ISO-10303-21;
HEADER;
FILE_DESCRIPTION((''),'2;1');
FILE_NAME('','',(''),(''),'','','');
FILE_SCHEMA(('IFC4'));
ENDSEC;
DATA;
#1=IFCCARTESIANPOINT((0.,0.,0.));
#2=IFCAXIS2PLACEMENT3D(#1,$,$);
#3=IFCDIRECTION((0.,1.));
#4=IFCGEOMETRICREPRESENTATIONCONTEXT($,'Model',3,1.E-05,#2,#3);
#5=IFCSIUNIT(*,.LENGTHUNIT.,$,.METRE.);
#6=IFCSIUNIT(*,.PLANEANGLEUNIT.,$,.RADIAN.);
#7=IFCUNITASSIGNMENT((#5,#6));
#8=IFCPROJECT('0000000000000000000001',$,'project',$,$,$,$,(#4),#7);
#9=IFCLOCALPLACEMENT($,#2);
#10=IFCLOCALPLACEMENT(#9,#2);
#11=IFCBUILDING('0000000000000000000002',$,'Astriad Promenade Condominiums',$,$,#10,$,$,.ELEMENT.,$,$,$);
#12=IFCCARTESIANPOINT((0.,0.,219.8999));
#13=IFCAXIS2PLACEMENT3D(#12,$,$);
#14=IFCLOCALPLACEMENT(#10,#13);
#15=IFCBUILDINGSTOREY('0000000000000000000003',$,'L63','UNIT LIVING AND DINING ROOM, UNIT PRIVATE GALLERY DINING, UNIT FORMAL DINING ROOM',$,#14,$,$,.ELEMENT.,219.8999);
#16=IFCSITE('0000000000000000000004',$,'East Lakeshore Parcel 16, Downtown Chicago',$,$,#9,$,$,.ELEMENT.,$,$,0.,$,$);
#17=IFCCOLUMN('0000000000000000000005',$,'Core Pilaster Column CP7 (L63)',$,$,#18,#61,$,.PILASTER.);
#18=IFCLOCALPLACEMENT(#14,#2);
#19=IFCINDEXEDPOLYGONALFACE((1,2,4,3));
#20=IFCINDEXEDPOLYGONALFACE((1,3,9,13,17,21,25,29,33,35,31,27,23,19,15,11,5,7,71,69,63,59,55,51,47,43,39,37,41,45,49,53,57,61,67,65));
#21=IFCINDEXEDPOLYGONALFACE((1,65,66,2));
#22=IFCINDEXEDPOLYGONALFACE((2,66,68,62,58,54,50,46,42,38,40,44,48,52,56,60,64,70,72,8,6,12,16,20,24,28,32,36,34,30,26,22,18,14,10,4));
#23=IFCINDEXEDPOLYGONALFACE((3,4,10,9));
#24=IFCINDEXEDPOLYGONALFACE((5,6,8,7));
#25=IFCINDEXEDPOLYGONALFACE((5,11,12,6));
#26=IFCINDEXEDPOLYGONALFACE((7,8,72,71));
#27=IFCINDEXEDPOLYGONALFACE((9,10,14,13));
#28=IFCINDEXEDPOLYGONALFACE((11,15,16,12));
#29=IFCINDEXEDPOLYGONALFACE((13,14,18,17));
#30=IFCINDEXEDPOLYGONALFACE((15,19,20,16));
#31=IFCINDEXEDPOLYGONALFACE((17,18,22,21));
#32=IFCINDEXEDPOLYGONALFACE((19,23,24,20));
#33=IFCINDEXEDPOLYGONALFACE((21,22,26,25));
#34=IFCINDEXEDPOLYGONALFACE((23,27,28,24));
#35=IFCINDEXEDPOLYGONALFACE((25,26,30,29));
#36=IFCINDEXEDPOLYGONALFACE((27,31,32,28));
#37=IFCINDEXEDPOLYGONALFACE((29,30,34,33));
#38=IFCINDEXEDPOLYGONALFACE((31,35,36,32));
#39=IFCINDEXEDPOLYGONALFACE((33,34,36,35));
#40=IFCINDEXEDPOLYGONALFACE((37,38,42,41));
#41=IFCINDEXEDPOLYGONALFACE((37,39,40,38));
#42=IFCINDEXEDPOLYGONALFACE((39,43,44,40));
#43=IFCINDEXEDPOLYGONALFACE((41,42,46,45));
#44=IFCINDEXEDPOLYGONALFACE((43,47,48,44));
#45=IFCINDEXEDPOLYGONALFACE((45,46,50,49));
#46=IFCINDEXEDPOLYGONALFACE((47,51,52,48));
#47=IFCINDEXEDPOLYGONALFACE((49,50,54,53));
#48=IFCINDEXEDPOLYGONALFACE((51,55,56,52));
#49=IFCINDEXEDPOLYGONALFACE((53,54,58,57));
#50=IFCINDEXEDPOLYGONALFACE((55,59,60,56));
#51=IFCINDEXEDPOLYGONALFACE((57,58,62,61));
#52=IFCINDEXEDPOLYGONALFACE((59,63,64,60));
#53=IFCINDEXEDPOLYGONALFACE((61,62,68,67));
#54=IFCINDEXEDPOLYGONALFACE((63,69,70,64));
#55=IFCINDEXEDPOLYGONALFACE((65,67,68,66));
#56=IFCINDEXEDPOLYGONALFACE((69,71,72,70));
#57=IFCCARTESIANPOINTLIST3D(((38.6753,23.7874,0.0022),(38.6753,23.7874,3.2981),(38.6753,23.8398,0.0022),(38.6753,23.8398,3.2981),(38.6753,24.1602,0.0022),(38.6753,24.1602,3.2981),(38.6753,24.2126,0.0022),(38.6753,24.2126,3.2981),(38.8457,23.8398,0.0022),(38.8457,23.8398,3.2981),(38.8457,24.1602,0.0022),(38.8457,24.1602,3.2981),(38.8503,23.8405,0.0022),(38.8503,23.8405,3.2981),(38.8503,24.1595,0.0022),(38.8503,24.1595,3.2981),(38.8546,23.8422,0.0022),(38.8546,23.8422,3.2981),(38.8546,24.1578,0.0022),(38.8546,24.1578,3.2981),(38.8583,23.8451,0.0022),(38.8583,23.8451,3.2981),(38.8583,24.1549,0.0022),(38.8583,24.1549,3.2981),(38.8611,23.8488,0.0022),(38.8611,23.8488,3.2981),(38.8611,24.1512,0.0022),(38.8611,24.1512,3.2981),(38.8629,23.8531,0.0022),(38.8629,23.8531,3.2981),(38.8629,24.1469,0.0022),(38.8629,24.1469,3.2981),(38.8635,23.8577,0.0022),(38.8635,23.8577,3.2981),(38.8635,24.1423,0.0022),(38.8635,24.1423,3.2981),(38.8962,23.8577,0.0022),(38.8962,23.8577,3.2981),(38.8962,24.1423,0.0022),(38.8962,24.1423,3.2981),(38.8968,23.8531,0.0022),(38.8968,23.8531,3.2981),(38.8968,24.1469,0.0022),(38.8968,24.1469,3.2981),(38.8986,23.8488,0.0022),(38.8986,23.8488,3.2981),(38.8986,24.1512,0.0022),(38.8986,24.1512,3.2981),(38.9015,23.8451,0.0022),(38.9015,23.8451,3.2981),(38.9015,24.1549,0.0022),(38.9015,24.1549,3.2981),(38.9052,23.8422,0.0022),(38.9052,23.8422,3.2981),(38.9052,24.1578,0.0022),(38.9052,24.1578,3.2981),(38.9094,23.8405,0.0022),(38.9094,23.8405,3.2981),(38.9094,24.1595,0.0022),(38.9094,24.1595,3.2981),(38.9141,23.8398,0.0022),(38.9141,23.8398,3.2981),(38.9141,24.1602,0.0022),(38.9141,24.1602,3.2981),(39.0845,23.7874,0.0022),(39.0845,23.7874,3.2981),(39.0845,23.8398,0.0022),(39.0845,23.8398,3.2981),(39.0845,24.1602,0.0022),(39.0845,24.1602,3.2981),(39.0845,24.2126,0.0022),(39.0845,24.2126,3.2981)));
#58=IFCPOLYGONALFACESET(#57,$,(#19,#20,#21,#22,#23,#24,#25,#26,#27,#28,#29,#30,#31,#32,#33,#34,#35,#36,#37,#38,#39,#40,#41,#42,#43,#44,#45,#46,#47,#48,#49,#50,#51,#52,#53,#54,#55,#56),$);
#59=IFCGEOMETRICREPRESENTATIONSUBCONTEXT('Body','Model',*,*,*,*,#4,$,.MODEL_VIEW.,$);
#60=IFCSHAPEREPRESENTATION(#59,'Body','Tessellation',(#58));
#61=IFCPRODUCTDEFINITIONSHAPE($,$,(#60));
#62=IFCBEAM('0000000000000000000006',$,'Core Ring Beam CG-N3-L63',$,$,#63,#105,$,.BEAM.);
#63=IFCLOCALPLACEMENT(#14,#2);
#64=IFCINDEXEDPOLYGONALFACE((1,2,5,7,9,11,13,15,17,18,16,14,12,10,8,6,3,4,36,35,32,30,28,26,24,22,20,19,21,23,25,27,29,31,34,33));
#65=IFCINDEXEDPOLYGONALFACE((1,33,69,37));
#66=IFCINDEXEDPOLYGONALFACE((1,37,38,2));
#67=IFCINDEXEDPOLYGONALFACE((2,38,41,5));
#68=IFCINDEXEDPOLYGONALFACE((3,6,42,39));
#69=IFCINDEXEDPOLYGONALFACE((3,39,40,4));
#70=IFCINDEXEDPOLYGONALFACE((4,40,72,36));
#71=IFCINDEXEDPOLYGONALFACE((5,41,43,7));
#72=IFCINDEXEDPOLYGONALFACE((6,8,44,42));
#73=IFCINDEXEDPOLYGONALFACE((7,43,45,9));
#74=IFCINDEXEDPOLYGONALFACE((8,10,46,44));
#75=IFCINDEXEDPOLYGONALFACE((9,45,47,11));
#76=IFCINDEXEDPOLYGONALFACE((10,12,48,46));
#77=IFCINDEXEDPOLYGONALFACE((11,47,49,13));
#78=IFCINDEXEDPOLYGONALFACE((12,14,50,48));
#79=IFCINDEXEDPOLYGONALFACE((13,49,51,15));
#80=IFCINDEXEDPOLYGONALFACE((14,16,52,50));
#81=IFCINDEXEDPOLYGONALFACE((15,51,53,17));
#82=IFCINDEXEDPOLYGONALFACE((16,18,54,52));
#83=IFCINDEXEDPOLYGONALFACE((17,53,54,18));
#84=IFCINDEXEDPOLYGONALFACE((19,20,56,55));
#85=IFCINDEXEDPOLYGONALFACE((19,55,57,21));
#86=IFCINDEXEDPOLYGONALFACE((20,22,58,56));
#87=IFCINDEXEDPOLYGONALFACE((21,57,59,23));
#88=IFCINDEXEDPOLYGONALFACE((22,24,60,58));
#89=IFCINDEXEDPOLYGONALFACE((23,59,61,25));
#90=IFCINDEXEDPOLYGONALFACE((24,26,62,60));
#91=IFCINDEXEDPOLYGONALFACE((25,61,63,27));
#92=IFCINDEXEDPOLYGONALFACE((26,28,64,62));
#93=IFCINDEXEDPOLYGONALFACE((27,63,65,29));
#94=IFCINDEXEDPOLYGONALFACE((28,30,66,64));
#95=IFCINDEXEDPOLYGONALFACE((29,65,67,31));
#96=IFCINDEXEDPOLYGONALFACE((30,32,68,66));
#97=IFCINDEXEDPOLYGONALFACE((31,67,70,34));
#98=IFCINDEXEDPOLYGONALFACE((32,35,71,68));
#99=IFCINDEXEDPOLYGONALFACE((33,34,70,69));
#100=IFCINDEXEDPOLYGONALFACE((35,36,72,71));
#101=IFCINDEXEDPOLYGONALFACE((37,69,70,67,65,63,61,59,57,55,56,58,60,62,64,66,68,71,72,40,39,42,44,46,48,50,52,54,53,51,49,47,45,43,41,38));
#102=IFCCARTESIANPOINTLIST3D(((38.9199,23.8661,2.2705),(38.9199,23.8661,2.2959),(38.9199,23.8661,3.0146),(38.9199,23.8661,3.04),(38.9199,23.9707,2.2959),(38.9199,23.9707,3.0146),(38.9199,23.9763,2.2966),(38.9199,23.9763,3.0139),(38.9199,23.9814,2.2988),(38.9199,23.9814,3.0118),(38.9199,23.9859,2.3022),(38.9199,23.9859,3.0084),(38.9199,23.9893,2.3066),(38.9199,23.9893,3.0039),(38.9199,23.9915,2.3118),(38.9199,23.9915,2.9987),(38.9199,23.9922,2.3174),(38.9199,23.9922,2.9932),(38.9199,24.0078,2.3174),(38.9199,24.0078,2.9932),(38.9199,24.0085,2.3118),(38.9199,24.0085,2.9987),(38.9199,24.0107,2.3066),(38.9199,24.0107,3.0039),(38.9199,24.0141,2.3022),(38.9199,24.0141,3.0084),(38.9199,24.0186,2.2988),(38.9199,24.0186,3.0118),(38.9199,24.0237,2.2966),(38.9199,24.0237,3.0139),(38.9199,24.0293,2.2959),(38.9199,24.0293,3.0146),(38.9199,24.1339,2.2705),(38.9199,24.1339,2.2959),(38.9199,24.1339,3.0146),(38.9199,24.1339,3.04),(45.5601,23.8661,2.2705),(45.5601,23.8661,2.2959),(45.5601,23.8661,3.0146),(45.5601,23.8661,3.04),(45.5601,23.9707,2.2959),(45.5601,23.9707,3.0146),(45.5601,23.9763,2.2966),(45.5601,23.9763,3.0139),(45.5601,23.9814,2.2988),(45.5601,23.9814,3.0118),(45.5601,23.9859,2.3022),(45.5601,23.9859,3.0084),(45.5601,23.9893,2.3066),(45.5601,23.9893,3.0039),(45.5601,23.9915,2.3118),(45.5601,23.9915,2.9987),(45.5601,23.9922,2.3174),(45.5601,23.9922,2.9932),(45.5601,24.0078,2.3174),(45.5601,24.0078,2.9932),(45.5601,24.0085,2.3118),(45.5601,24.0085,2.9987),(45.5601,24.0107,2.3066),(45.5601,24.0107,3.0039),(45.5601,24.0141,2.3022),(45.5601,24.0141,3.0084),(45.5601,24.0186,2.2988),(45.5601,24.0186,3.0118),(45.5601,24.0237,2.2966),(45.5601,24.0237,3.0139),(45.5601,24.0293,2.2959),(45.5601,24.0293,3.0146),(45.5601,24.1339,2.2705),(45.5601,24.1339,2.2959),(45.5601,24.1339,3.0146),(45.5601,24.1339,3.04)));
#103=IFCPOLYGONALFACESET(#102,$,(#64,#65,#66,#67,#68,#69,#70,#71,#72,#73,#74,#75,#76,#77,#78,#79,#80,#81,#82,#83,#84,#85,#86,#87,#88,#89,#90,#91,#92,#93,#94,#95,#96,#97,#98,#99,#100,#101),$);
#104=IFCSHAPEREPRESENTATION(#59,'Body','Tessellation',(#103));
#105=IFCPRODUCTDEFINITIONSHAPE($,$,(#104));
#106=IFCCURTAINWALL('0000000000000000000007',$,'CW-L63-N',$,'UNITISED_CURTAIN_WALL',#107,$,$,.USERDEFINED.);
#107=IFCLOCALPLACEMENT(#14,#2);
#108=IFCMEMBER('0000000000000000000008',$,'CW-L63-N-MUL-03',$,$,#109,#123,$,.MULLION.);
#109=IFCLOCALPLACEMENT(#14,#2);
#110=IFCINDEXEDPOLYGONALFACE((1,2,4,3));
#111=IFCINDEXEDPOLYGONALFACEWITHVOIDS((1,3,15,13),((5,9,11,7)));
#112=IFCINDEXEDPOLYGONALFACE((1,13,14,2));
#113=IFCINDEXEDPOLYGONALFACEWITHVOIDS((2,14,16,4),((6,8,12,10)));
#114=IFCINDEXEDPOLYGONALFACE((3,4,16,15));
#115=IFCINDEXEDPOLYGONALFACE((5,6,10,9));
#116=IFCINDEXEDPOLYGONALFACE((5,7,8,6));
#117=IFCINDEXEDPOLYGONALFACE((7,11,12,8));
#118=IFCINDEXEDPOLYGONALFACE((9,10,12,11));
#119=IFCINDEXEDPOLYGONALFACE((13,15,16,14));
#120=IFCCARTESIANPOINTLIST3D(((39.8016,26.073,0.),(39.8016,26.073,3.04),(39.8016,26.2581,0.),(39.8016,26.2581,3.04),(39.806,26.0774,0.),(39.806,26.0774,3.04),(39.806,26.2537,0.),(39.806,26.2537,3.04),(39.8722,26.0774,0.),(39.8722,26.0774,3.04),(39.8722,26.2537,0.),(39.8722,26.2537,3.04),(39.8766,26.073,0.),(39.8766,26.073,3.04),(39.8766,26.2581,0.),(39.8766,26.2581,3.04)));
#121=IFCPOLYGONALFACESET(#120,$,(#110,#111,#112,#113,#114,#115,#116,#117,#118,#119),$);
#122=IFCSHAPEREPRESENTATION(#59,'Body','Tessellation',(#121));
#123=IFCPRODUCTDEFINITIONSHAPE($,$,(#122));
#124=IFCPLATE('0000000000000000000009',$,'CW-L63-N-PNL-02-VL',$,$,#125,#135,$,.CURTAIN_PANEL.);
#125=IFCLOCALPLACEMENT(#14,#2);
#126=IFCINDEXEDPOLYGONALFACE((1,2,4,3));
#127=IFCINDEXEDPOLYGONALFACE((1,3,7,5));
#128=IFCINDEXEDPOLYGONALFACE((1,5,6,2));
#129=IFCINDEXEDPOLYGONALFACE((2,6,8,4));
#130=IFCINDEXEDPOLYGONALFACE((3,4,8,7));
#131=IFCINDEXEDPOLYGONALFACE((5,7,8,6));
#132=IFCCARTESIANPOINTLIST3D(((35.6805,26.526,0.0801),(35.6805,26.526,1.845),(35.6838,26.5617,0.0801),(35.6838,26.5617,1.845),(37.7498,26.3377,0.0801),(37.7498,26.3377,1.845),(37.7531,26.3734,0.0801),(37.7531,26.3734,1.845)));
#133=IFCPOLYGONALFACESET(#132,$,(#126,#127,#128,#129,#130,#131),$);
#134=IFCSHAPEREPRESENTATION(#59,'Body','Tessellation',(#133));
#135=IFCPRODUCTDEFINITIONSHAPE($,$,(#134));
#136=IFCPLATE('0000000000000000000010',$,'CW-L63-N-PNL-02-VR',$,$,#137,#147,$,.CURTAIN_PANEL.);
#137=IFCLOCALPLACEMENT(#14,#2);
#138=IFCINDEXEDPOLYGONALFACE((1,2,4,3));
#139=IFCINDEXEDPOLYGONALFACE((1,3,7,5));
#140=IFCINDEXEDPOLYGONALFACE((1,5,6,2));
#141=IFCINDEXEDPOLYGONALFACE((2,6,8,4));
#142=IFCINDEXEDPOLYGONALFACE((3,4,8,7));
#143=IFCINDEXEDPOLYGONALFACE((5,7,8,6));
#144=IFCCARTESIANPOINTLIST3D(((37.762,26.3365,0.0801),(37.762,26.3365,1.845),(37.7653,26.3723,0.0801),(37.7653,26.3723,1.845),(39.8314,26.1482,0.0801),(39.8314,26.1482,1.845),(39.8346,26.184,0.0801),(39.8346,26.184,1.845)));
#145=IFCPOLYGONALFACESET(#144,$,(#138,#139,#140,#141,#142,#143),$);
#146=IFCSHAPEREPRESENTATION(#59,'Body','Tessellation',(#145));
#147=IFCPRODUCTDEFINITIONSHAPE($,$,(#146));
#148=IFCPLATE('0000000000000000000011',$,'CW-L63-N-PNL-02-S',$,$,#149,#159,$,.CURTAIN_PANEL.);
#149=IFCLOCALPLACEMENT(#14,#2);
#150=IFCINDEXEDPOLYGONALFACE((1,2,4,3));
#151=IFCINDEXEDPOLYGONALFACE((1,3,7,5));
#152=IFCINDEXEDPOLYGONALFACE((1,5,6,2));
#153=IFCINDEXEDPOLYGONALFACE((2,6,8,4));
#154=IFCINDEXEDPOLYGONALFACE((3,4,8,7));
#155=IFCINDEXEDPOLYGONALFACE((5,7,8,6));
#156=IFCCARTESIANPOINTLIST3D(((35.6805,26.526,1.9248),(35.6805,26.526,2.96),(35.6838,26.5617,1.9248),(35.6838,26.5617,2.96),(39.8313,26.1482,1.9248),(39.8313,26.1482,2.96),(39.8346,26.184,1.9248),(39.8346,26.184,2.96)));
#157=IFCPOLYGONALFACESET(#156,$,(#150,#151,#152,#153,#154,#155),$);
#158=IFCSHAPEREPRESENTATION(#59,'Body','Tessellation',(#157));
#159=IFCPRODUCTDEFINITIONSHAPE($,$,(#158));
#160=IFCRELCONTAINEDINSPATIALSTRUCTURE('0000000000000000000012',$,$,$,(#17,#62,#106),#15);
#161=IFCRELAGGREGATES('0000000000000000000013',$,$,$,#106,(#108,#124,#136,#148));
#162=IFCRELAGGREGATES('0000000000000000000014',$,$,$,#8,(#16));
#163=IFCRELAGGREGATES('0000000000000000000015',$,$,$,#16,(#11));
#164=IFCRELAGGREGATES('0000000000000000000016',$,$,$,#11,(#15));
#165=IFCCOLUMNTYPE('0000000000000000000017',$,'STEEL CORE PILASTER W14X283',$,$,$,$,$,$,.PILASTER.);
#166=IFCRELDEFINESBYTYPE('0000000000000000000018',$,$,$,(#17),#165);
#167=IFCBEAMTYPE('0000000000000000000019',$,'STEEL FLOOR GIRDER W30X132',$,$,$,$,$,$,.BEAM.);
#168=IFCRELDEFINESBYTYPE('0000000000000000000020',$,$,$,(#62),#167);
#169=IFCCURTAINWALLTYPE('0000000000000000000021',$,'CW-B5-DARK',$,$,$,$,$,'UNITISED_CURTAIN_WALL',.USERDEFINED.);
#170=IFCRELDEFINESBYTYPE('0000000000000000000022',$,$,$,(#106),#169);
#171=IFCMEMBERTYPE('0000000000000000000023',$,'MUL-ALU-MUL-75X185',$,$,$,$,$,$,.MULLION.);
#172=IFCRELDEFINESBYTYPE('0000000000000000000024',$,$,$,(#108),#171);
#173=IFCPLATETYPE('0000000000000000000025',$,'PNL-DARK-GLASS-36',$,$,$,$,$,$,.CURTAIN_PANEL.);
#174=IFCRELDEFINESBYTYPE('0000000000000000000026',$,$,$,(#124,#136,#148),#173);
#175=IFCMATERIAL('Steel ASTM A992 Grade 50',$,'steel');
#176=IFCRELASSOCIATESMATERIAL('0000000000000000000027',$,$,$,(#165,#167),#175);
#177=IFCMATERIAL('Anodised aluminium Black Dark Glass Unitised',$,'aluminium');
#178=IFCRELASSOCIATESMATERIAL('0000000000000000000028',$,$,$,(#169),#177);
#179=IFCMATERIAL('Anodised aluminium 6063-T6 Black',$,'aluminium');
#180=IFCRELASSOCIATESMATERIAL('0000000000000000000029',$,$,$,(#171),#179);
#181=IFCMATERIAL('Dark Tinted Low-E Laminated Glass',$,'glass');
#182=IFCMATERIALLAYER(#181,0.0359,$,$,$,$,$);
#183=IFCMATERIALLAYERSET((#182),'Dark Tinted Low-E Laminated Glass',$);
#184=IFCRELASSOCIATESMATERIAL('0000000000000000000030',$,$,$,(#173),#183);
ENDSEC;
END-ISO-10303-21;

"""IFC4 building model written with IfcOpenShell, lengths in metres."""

from ifc_helpers import new_model, si_unit, direction, frame, origin, origin_2d, place, context, subcontext, project, spatial, rectangle, hollow_rectangle, i_section, extrude, source, transform, mapped, material, layer, layer_set, material_profile, profile_set, type_object, type_shapes, element, aggregate, save


model = new_model("IFC4")

# Units and contexts
model_context = context("Model", 3, precision=1e-05, world=origin(), true_north=direction((0.0, 1.0)))
body_context = subcontext(model_context, "Body", "Model", "MODEL_VIEW")
ifc_project = project(units=[si_unit("LENGTHUNIT", "METRE"), si_unit("PLANEANGLEUNIT", "RADIAN")], contexts=[model_context])

# Site, building, storey
site_placement = place(None, origin())
site = spatial("IfcSite", under=ifc_project, at=site_placement, Name="East Lakeshore Parcel 16, Downtown Chicago", CompositionType="ELEMENT", RefElevation=0.0)
building_placement = place(site_placement, origin())
building = spatial("IfcBuilding", under=site, at=building_placement, Name="Astriad Promenade Condominiums", CompositionType="ELEMENT")
storey_placement = place(building_placement, frame((0.0, 0.0, 219.8999)))
storey = spatial("IfcBuildingStorey", under=building, at=storey_placement, Name="L63", Description="UNIT LIVING AND DINING ROOM, UNIT PRIVATE GALLERY DINING, UNIT FORMAL DINING ROOM", CompositionType="ELEMENT", Elevation=219.8999)

# Column
ifc_material_1 = material(Name="Steel ASTM A992 Grade 50", Category="steel")
ifc_material_profile_1 = material_profile(ifc_material_1, i_section(OverallWidth=0.4092, OverallDepth=0.4253, WebThickness=0.0327, FlangeThickness=0.0525, FilletRadius=0.0178, at=origin_2d()), Name="W14X283")
ifc_profile_set_1 = profile_set([ifc_material_profile_1], Name="Steel ASTM A992 Grade 50")
column_type = type_object("IfcColumnType", Name="STEEL CORE PILASTER W14X283", PredefinedType="PILASTER", material=ifc_profile_set_1)
shared_shape_1 = source(origin(), body_context, "Body", "SweptSolid", [
    extrude(i_section(OverallWidth=0.4092, OverallDepth=0.4253, WebThickness=0.0327, FlangeThickness=0.0525, FilletRadius=0.0178, at=origin_2d()), origin(), (0.0, 0.0, 1.0), 3.2959),
])
type_shapes(column_type, [shared_shape_1])
column_placement = place(storey_placement, frame((38.8799, 24.0, 0.0022), z_axis=(0.0, 0.0, 1.0), x_axis=(1.0, 0.0, 0.0)))
element("IfcColumn", 1, at=column_placement, inside=storey, type_object=column_type, Name="Core Pilaster Column CP7 (L63)", PredefinedType="PILASTER", context=body_context, shape_type="MappedRepresentation", body=[
    mapped(shared_shape_1, transform((0.0, 0.0, 0.0), scale=1.0)),
])

# Beam
ifc_material_profile_2 = material_profile(ifc_material_1, i_section(OverallWidth=0.2678, OverallDepth=0.7695, WebThickness=0.0156, FlangeThickness=0.0254, FilletRadius=0.0215, at=origin_2d()), Name="W30X132")
ifc_profile_set_2 = profile_set([ifc_material_profile_2], Name="Steel ASTM A992 Grade 50")
beam_type = type_object("IfcBeamType", Name="STEEL FLOOR GIRDER W30X132", PredefinedType="BEAM", material=ifc_profile_set_2)
shared_shape_2 = source(origin(), body_context, "Body", "SweptSolid", [
    extrude(i_section(OverallWidth=0.2678, OverallDepth=0.7695, WebThickness=0.0156, FlangeThickness=0.0254, FilletRadius=0.0215, at=origin_2d()), origin(), (0.0, 0.0, 1.0), 6.6401),
])
type_shapes(beam_type, [shared_shape_2])
beam_placement = place(storey_placement, frame((38.9199, 24.0, 2.6553), z_axis=(1.0, 0.0, 0.0), x_axis=(0.0, 1.0, 0.0)))
element("IfcBeam", 2, at=beam_placement, inside=storey, type_object=beam_type, Name="Core Ring Beam CG-N3-L63", PredefinedType="BEAM", context=body_context, shape_type="MappedRepresentation", body=[
    mapped(shared_shape_2, transform((0.0, 0.0, 0.0), scale=1.0)),
])

# Curtain wall, member, plates
ifc_material_2 = material(Name="Anodised aluminium Black Dark Glass Unitised", Category="aluminium")
curtain_wall_type = type_object("IfcCurtainWallType", Name="CW-B5-DARK", ElementType="UNITISED_CURTAIN_WALL", PredefinedType="USERDEFINED", material=ifc_material_2)
curtain_wall_placement = place(storey_placement, origin())
curtain_wall = element("IfcCurtainWall", 3, at=curtain_wall_placement, inside=storey, type_object=curtain_wall_type, Name="CW-L63-N", ObjectType="UNITISED_CURTAIN_WALL", PredefinedType="USERDEFINED")
ifc_material_3 = material(Name="Anodised aluminium 6063-T6 Black", Category="aluminium")
ifc_material_profile_3 = material_profile(ifc_material_3, hollow_rectangle(XDim=0.075, YDim=0.1851, WallThickness=0.0044, at=origin_2d()), Name="ALU-MUL-75X185")
ifc_profile_set_3 = profile_set([ifc_material_profile_3], Name="Anodised aluminium 6063-T6 Black")
member_type = type_object("IfcMemberType", Name="MUL-ALU-MUL-75X185", PredefinedType="MULLION", material=ifc_profile_set_3)
shared_shape_3 = source(origin(), body_context, "Body", "SweptSolid", [
    extrude(hollow_rectangle(XDim=0.075, YDim=0.1851, WallThickness=0.0044, at=origin_2d()), origin(), (0.0, 0.0, 1.0), 3.04),
])
type_shapes(member_type, [shared_shape_3])
member_placement = place(storey_placement, frame((39.8391, 26.1655, 0.0), z_axis=(0.0, 0.0, 1.0), x_axis=(1.0, 0.0, 0.0)))
member = element("IfcMember", 4, at=member_placement, type_object=member_type, Name="CW-L63-N-MUL-03", PredefinedType="MULLION", context=body_context, shape_type="MappedRepresentation", body=[
    mapped(shared_shape_3, transform((0.0, 0.0, 0.0), scale=1.0)),
])
ifc_material_4 = material(Name="Dark Tinted Low-E Laminated Glass", Category="glass")
ifc_layer_1 = layer(ifc_material_4, 0.0359)
ifc_layer_set_1 = layer_set([ifc_layer_1], Name="Dark Tinted Low-E Laminated Glass")
plate_type = type_object("IfcPlateType", Name="PNL-DARK-GLASS-36", PredefinedType="CURTAIN_PANEL", material=ifc_layer_set_1)
shared_shape_4 = source(origin(), body_context, "Body", "SweptSolid", [
    extrude(rectangle(XDim=2.0779, YDim=0.0359, at=origin_2d()), origin(), (0.0, 0.0, 1.0), 1.7649),
])
plate_1_placement = place(storey_placement, frame((36.7168, 26.4497, 0.0801), z_axis=(0.0, 0.0, 1.0), x_axis=(0.995884, -0.090633, 0.0)))
plate_1 = element("IfcPlate", 5, at=plate_1_placement, type_object=plate_type, Name="CW-L63-N-PNL-02-VL", PredefinedType="CURTAIN_PANEL", context=body_context, shape_type="MappedRepresentation", body=[
    mapped(shared_shape_4, transform((0.0, 0.0, 0.0), scale=1.0)),
])
plate_2_placement = place(storey_placement, frame((38.7983, 26.2603, 0.0801), z_axis=(0.0, 0.0, 1.0), x_axis=(0.995884, -0.090633, 0.0)))
plate_2 = element("IfcPlate", 6, at=plate_2_placement, type_object=plate_type, Name="CW-L63-N-PNL-02-VR", PredefinedType="CURTAIN_PANEL", context=body_context, shape_type="MappedRepresentation", body=[
    mapped(shared_shape_4, transform((0.0, 0.0, 0.0), scale=1.0)),
])
shared_shape_5 = source(origin(), body_context, "Body", "SweptSolid", [
    extrude(rectangle(XDim=4.168, YDim=0.0359, at=origin_2d()), origin(), (0.0, 0.0, 1.0), 1.0352),
])
type_shapes(plate_type, [shared_shape_4, shared_shape_5])
plate_3_placement = place(storey_placement, frame((37.7576, 26.355, 1.9248), z_axis=(0.0, 0.0, 1.0), x_axis=(0.995884, -0.090633, 0.0)))
plate_3 = element("IfcPlate", 7, at=plate_3_placement, type_object=plate_type, Name="CW-L63-N-PNL-02-S", PredefinedType="CURTAIN_PANEL", context=body_context, shape_type="MappedRepresentation", body=[
    mapped(shared_shape_5, transform((0.0, 0.0, 0.0), scale=1.0)),
])
aggregate(curtain_wall, [member, plate_1, plate_2, plate_3])

save(model, "model.ifc")
